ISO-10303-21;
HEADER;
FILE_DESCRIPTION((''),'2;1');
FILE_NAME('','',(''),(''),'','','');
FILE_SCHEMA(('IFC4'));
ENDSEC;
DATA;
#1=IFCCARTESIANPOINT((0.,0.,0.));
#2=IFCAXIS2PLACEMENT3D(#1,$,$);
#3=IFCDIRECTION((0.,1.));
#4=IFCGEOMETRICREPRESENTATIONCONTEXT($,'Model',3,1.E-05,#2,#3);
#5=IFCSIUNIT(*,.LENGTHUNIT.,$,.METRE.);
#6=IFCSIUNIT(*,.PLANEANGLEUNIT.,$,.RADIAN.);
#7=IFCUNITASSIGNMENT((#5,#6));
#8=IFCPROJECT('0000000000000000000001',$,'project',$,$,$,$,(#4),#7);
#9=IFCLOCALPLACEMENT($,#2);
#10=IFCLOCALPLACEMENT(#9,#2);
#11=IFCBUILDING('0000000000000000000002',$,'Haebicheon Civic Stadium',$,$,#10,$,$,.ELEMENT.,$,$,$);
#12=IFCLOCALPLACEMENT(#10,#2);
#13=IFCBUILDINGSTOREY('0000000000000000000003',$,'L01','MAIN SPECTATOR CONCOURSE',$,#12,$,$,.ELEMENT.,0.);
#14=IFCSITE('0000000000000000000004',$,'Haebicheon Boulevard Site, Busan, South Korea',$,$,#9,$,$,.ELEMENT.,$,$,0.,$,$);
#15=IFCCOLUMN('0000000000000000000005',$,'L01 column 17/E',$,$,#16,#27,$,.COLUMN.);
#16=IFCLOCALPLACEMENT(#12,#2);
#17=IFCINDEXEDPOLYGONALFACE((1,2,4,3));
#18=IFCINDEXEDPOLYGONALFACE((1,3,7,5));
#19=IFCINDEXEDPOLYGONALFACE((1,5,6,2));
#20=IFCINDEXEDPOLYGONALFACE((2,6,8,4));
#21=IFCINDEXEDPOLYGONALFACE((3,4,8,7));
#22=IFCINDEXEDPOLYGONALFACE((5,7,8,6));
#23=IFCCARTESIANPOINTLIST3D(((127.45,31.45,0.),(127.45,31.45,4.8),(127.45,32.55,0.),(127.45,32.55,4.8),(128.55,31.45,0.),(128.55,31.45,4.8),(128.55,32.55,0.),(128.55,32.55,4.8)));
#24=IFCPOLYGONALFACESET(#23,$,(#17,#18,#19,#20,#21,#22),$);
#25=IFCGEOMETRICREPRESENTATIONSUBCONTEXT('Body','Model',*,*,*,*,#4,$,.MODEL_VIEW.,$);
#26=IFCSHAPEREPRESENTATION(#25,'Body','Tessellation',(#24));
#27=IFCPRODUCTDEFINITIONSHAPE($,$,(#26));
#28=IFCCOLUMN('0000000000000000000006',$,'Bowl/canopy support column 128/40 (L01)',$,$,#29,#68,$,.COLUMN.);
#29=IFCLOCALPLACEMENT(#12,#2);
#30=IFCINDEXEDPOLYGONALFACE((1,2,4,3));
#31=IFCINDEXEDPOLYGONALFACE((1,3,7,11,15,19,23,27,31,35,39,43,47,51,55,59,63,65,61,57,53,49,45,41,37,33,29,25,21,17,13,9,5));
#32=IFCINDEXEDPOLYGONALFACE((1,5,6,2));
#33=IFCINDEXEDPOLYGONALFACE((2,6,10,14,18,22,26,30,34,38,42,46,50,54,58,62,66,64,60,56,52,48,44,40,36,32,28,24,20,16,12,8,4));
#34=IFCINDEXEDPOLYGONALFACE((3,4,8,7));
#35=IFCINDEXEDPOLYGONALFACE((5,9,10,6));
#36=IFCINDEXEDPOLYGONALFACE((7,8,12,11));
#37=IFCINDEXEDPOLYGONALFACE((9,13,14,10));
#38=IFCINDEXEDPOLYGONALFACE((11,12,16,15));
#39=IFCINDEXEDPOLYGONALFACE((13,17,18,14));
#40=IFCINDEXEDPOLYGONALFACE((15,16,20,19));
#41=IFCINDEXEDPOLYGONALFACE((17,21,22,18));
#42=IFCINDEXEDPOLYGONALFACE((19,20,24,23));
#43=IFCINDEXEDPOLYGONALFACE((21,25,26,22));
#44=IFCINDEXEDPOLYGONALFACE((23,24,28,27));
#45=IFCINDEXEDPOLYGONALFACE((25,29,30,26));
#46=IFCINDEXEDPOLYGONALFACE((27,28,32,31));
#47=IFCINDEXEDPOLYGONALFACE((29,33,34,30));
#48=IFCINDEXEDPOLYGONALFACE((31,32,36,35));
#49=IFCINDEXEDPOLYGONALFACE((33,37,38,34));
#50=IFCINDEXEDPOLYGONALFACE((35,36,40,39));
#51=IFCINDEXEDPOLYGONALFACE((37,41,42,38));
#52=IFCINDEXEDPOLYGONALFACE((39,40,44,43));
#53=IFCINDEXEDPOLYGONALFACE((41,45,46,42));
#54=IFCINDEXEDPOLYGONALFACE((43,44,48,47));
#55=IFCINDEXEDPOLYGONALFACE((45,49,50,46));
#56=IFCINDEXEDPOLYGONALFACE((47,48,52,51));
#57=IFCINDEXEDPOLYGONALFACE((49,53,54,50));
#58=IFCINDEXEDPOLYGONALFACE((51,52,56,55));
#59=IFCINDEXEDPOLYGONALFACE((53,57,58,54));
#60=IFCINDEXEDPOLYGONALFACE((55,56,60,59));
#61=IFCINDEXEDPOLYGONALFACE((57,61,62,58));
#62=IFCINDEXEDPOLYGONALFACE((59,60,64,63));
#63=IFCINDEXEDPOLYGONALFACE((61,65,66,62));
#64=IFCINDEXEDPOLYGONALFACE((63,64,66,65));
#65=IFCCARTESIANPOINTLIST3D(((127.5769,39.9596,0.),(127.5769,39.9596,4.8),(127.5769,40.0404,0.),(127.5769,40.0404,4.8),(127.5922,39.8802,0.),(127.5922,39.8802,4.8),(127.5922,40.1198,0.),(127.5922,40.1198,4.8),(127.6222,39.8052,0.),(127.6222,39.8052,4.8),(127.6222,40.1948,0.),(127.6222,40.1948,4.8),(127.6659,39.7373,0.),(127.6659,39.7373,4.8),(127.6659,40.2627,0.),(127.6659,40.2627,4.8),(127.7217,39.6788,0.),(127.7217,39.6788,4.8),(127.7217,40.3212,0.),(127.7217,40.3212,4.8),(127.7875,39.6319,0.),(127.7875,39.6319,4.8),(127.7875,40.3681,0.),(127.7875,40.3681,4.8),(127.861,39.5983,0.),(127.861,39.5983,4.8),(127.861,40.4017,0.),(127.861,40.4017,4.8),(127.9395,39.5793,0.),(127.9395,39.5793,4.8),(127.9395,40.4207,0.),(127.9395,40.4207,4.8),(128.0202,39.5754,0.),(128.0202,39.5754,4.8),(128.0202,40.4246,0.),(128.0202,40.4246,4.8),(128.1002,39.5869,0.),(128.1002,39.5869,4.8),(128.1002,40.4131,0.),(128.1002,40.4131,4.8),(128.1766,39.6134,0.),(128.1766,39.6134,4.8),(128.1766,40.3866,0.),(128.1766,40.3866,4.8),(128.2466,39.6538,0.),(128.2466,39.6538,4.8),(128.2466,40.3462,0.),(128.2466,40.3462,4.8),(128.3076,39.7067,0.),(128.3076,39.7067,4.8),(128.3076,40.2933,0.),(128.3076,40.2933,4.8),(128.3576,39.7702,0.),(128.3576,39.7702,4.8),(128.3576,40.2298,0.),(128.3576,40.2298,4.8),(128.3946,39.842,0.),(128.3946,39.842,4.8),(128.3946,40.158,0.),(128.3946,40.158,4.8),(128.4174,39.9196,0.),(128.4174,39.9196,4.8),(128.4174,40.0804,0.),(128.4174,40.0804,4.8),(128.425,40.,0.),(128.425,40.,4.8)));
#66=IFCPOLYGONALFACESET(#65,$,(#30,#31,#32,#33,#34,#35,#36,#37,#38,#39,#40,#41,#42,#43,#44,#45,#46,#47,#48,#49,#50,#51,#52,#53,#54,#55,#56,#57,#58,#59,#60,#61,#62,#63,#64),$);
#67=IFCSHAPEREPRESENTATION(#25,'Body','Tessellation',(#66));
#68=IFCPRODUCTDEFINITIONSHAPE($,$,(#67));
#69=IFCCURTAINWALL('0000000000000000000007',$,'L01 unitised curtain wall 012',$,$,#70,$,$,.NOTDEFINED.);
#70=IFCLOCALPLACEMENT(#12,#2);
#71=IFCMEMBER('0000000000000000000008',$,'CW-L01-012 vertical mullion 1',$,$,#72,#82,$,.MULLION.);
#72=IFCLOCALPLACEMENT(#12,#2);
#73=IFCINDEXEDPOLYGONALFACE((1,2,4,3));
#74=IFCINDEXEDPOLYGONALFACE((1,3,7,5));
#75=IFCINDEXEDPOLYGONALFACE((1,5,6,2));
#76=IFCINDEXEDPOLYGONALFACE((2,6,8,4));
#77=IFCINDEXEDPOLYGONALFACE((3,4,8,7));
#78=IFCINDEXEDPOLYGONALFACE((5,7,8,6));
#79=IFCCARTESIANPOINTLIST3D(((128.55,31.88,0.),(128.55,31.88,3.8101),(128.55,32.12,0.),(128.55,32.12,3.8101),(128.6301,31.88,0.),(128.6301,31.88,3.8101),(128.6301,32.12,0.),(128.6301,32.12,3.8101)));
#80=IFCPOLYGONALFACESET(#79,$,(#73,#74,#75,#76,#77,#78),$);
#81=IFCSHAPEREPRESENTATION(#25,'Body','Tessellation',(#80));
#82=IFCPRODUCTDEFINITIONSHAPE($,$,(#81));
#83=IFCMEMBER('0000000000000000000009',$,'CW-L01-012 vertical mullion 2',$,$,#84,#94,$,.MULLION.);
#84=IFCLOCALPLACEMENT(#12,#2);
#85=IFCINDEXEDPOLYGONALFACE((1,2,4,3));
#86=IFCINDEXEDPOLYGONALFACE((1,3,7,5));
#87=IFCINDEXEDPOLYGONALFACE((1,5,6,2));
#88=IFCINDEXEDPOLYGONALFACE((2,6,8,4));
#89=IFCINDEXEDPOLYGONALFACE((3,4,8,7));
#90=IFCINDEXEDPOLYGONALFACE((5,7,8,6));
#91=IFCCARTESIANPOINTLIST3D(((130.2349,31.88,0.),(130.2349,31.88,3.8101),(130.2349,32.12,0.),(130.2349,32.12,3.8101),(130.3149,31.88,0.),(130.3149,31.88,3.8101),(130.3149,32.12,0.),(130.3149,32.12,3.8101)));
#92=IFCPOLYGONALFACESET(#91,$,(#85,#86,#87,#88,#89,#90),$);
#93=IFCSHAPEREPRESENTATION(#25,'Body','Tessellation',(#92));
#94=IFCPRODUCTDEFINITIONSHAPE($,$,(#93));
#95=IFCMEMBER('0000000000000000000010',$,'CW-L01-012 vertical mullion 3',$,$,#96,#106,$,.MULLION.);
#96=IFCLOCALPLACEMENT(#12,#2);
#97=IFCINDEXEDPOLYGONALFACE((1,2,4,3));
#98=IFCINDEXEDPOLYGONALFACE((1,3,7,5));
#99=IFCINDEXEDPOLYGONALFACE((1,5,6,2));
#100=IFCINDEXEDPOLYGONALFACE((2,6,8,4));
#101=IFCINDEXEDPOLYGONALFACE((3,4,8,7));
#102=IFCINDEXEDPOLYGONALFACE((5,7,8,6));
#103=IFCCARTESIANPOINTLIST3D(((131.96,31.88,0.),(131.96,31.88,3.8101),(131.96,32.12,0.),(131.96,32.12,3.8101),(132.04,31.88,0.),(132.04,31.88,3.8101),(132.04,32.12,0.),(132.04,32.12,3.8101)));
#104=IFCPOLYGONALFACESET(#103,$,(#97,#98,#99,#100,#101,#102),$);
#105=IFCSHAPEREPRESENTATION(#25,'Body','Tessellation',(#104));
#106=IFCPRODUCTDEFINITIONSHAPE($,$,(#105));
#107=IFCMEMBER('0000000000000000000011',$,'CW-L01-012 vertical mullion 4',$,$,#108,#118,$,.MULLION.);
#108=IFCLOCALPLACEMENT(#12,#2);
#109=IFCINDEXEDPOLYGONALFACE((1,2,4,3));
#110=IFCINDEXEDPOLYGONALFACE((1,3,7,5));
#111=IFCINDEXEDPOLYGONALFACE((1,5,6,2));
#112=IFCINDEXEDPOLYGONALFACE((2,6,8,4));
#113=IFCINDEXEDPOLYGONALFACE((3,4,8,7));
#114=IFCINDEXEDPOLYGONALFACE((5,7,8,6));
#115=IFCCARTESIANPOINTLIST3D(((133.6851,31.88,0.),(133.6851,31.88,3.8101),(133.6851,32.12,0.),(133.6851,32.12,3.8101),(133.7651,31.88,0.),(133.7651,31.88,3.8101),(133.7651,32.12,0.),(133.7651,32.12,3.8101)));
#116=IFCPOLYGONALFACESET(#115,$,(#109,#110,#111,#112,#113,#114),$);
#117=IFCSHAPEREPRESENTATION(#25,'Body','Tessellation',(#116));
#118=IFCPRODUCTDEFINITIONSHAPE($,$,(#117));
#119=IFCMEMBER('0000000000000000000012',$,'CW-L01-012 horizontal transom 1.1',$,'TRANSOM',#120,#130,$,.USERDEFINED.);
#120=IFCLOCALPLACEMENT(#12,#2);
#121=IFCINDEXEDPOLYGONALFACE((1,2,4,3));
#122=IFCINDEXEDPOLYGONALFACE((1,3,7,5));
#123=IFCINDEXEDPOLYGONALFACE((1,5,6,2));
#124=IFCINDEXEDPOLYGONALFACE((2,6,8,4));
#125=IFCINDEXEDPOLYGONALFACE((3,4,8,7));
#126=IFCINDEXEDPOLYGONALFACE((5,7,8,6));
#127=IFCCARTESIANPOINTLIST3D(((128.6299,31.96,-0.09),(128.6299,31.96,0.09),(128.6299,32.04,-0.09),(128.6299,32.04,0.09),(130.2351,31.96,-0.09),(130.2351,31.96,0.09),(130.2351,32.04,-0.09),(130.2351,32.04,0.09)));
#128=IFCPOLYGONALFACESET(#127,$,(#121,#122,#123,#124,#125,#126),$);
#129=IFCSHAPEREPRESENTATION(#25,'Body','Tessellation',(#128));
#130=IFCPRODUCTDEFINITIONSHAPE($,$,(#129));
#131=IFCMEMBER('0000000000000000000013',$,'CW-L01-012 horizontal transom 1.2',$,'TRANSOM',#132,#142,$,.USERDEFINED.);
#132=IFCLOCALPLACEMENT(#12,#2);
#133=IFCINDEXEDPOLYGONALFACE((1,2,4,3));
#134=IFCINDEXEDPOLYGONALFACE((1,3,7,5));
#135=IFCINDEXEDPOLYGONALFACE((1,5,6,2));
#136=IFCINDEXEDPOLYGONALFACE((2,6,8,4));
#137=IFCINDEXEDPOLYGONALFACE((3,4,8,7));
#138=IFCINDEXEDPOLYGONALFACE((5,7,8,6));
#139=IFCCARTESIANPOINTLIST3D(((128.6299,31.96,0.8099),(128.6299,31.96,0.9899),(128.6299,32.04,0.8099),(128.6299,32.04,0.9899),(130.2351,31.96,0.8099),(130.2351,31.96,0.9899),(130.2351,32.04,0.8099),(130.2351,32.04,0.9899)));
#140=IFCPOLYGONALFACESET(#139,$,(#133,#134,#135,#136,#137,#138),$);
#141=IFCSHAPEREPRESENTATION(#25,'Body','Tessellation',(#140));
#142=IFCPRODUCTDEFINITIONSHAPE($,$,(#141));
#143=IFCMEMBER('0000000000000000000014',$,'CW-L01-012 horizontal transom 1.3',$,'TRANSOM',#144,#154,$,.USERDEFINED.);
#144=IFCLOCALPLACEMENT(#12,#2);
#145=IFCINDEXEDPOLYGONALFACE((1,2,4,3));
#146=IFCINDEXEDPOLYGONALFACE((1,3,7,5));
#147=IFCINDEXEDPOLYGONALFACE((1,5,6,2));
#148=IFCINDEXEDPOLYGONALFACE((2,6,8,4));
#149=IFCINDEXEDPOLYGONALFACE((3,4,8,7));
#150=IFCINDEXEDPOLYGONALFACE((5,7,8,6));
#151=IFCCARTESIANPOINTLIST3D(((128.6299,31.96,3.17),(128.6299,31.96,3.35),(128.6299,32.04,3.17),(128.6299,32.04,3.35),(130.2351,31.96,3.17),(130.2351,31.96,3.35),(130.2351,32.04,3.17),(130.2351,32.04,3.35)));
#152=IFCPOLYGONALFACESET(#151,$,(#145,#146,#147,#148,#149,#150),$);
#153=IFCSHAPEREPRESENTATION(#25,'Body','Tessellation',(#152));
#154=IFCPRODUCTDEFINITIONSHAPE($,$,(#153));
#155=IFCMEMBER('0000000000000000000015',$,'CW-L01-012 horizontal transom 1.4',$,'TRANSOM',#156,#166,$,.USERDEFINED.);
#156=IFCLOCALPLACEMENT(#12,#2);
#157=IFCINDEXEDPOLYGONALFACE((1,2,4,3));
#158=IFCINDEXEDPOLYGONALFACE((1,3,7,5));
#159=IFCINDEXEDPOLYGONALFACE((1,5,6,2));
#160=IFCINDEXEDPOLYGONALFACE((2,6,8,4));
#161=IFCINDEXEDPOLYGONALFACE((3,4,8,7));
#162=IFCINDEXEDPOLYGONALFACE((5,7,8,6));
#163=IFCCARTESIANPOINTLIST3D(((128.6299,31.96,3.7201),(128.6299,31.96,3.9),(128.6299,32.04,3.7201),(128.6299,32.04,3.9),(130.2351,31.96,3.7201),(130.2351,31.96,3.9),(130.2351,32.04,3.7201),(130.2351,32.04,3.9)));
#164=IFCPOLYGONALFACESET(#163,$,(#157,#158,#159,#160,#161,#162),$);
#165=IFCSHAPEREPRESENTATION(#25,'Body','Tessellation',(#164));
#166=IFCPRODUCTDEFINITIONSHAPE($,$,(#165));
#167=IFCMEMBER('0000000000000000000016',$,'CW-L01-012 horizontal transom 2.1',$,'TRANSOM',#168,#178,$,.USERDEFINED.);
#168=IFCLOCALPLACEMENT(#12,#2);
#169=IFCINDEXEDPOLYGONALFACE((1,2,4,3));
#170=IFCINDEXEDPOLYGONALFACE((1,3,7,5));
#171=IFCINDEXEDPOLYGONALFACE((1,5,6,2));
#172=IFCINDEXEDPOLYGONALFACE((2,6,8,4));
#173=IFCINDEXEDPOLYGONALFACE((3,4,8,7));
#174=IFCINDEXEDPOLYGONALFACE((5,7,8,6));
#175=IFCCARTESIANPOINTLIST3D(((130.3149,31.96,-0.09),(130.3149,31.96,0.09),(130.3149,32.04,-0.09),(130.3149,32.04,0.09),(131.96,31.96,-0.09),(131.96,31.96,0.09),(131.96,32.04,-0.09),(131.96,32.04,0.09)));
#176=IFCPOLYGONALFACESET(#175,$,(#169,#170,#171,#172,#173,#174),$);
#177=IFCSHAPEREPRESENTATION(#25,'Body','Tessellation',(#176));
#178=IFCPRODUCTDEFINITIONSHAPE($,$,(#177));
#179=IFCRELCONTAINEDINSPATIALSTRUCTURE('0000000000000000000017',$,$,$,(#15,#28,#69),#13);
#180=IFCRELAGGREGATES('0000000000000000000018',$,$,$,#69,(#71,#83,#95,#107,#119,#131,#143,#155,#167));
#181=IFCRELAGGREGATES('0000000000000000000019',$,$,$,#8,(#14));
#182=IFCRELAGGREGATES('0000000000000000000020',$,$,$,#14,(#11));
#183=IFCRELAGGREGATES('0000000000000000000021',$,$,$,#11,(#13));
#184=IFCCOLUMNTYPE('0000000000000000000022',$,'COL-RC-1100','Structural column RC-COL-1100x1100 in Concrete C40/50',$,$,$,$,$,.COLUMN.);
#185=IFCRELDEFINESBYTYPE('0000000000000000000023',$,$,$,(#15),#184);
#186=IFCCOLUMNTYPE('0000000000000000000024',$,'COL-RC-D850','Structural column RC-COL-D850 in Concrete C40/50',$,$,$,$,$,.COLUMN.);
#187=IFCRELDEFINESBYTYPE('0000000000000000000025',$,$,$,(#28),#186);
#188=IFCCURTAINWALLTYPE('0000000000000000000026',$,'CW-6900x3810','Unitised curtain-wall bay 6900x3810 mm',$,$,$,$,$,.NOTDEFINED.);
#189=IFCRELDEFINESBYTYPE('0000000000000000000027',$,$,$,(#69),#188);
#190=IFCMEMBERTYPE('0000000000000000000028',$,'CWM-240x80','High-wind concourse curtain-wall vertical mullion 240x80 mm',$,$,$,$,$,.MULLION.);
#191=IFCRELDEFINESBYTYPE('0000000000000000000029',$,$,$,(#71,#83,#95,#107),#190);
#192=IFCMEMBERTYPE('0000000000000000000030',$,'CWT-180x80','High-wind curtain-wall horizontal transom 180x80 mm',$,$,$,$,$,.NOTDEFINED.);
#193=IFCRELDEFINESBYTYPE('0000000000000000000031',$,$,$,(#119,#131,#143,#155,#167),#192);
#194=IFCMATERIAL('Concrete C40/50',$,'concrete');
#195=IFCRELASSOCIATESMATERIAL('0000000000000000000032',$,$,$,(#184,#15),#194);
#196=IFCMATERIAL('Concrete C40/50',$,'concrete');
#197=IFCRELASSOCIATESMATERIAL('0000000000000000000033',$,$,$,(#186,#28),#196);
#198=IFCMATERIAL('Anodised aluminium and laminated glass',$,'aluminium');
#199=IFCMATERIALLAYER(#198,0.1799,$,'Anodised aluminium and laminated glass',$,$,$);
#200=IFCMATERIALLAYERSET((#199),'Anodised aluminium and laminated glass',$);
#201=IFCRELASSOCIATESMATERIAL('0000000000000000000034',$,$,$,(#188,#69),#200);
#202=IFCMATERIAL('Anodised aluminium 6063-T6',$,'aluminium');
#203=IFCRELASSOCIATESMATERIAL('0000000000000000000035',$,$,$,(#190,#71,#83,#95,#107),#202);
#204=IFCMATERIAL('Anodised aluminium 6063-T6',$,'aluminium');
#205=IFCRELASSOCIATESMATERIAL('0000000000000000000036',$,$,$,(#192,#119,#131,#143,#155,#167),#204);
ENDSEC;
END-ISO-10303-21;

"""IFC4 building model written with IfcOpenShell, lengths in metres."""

from ifc_helpers import new_model, si_unit, direction, frame, origin, origin_2d, place, context, subcontext, project, spatial, rectangle, circle, extrude, material, layer, layer_set, material_profile, profile_set, type_object, element, aggregate, save


model = new_model("IFC4")

# Units and contexts
model_context = context("Model", 3, precision=1e-05, world=origin(), true_north=direction((0.0, 1.0)))
body_context = subcontext(model_context, "Body", "Model", "MODEL_VIEW")
ifc_project = project(units=[si_unit("LENGTHUNIT", "METRE"), si_unit("PLANEANGLEUNIT", "RADIAN")], contexts=[model_context])

# Site, building, storey
site_placement = place(None, origin())
site = spatial("IfcSite", under=ifc_project, at=site_placement, Name="Haebicheon Boulevard Site, Busan, South Korea", CompositionType="ELEMENT", RefElevation=0.0)
building_placement = place(site_placement, origin())
building = spatial("IfcBuilding", under=site, at=building_placement, Name="Haebicheon Civic Stadium", CompositionType="ELEMENT")
storey_placement = place(building_placement, origin())
storey = spatial("IfcBuildingStorey", under=building, at=storey_placement, Name="L01", Description="MAIN SPECTATOR CONCOURSE", CompositionType="ELEMENT", Elevation=0.0)

# Columns
ifc_material_1 = material(Name="Concrete C40/50", Category="concrete")
ifc_material_profile_1 = material_profile(ifc_material_1, rectangle(XDim=1.1001, YDim=1.1001, at=origin_2d()), Name="RC-COL-1100x1100")
ifc_profile_set_1 = profile_set([ifc_material_profile_1], Name="Concrete C40/50")
column_type_1 = type_object("IfcColumnType", Name="COL-RC-1100", Description="Structural column RC-COL-1100x1100 in Concrete C40/50", PredefinedType="COLUMN", material=ifc_profile_set_1)
column_1_placement = place(storey_placement, frame((128.0, 32.0, 0.0), z_axis=(0.0, 0.0, 1.0), x_axis=(1.0, 0.0, 0.0)))
element("IfcColumn", 1, at=column_1_placement, inside=storey, type_object=column_type_1, material=ifc_profile_set_1, Name="L01 column 17/E", PredefinedType="COLUMN", context=body_context, shape_type="SweptSolid", body=[
    extrude(rectangle(XDim=1.1001, YDim=1.1001, at=origin_2d()), origin(), (0.0, 0.0, 1.0), 4.8),
])
ifc_material_2 = material(Name="Concrete C40/50", Category="concrete")
ifc_material_profile_2 = material_profile(ifc_material_2, circle(Radius=0.425, at=origin_2d()), Name="RC-COL-D850")
ifc_profile_set_2 = profile_set([ifc_material_profile_2], Name="Concrete C40/50")
column_type_2 = type_object("IfcColumnType", Name="COL-RC-D850", Description="Structural column RC-COL-D850 in Concrete C40/50", PredefinedType="COLUMN", material=ifc_profile_set_2)
column_2_placement = place(storey_placement, frame((128.0, 40.0, 0.0), z_axis=(0.0, 0.0, 1.0), x_axis=(1.0, 0.0, 0.0)))
element("IfcColumn", 2, at=column_2_placement, inside=storey, type_object=column_type_2, material=ifc_profile_set_2, Name="Bowl/canopy support column 128/40 (L01)", PredefinedType="COLUMN", context=body_context, shape_type="SweptSolid", body=[
    extrude(circle(Radius=0.425, at=origin_2d()), origin(), (0.0, 0.0, 1.0), 4.8),
])

# Curtain wall, members
ifc_material_3 = material(Name="Anodised aluminium and laminated glass", Category="aluminium")
ifc_layer_1 = layer(ifc_material_3, 0.1799, Name="Anodised aluminium and laminated glass")
ifc_layer_set_1 = layer_set([ifc_layer_1], Name="Anodised aluminium and laminated glass")
curtain_wall_type = type_object("IfcCurtainWallType", Name="CW-6900x3810", Description="Unitised curtain-wall bay 6900x3810 mm", PredefinedType="NOTDEFINED", material=ifc_layer_set_1)
curtain_wall_placement = place(storey_placement, origin())
curtain_wall = element("IfcCurtainWall", 3, at=curtain_wall_placement, inside=storey, type_object=curtain_wall_type, material=ifc_layer_set_1, Name="L01 unitised curtain wall 012", PredefinedType="NOTDEFINED")
ifc_material_4 = material(Name="Anodised aluminium 6063-T6", Category="aluminium")
ifc_material_profile_3 = material_profile(ifc_material_4, rectangle(XDim=0.0801, YDim=0.24, at=origin_2d()), Name="ALU-MULL-80x240")
ifc_profile_set_3 = profile_set([ifc_material_profile_3], Name="Anodised aluminium 6063-T6")
member_type_1 = type_object("IfcMemberType", Name="CWM-240x80", Description="High-wind concourse curtain-wall vertical mullion 240x80 mm", PredefinedType="MULLION", material=ifc_profile_set_3)
member_1_placement = place(storey_placement, frame((128.5901, 32.0, 0.0), z_axis=(0.0, 0.0, 1.0), x_axis=(1.0, 0.0, 0.0)))
member_1 = element("IfcMember", 4, at=member_1_placement, type_object=member_type_1, material=ifc_profile_set_3, Name="CW-L01-012 vertical mullion 1", PredefinedType="MULLION", context=body_context, shape_type="SweptSolid", body=[
    extrude(rectangle(XDim=0.0801, YDim=0.24, at=origin_2d()), origin(), (0.0, 0.0, 1.0), 3.8101),
])
member_2_placement = place(storey_placement, frame((130.2749, 32.0, 0.0), z_axis=(0.0, 0.0, 1.0), x_axis=(1.0, 0.0, 0.0)))
member_2 = element("IfcMember", 5, at=member_2_placement, type_object=member_type_1, material=ifc_profile_set_3, Name="CW-L01-012 vertical mullion 2", PredefinedType="MULLION", context=body_context, shape_type="SweptSolid", body=[
    extrude(rectangle(XDim=0.0801, YDim=0.24, at=origin_2d()), origin(), (0.0, 0.0, 1.0), 3.8101),
])
member_3_placement = place(storey_placement, frame((132.0, 32.0, 0.0), z_axis=(0.0, 0.0, 1.0), x_axis=(1.0, 0.0, 0.0)))
member_3 = element("IfcMember", 6, at=member_3_placement, type_object=member_type_1, material=ifc_profile_set_3, Name="CW-L01-012 vertical mullion 3", PredefinedType="MULLION", context=body_context, shape_type="SweptSolid", body=[
    extrude(rectangle(XDim=0.0801, YDim=0.24, at=origin_2d()), origin(), (0.0, 0.0, 1.0), 3.8101),
])
member_4_placement = place(storey_placement, frame((133.7251, 32.0, 0.0), z_axis=(0.0, 0.0, 1.0), x_axis=(1.0, 0.0, 0.0)))
member_4 = element("IfcMember", 7, at=member_4_placement, type_object=member_type_1, material=ifc_profile_set_3, Name="CW-L01-012 vertical mullion 4", PredefinedType="MULLION", context=body_context, shape_type="SweptSolid", body=[
    extrude(rectangle(XDim=0.0801, YDim=0.24, at=origin_2d()), origin(), (0.0, 0.0, 1.0), 3.8101),
])
ifc_material_5 = material(Name="Anodised aluminium 6063-T6", Category="aluminium")
ifc_material_profile_4 = material_profile(ifc_material_5, rectangle(XDim=0.0801, YDim=0.1799, at=origin_2d()), Name="ALU-TRAN-80x180")
ifc_profile_set_4 = profile_set([ifc_material_profile_4], Name="Anodised aluminium 6063-T6")
member_type_2 = type_object("IfcMemberType", Name="CWT-180x80", Description="High-wind curtain-wall horizontal transom 180x80 mm", PredefinedType="NOTDEFINED", material=ifc_profile_set_4)
member_5_placement = place(storey_placement, frame((128.6299, 32.0, 0.0), z_axis=(1.0, 0.0, 0.0), x_axis=(0.0, 1.0, 0.0)))
member_5 = element("IfcMember", 8, at=member_5_placement, type_object=member_type_2, material=ifc_profile_set_4, Name="CW-L01-012 horizontal transom 1.1", ObjectType="TRANSOM", PredefinedType="USERDEFINED", context=body_context, shape_type="SweptSolid", body=[
    extrude(rectangle(XDim=0.0801, YDim=0.1799, at=origin_2d()), origin(), (0.0, 0.0, 1.0), 1.6052),
])
member_6_placement = place(storey_placement, frame((128.6299, 32.0, 0.8999), z_axis=(1.0, 0.0, 0.0), x_axis=(0.0, 1.0, 0.0)))
member_6 = element("IfcMember", 9, at=member_6_placement, type_object=member_type_2, material=ifc_profile_set_4, Name="CW-L01-012 horizontal transom 1.2", ObjectType="TRANSOM", PredefinedType="USERDEFINED", context=body_context, shape_type="SweptSolid", body=[
    extrude(rectangle(XDim=0.0801, YDim=0.1799, at=origin_2d()), origin(), (0.0, 0.0, 1.0), 1.6052),
])
member_7_placement = place(storey_placement, frame((128.6299, 32.0, 3.26), z_axis=(1.0, 0.0, 0.0), x_axis=(0.0, 1.0, 0.0)))
member_7 = element("IfcMember", 10, at=member_7_placement, type_object=member_type_2, material=ifc_profile_set_4, Name="CW-L01-012 horizontal transom 1.3", ObjectType="TRANSOM", PredefinedType="USERDEFINED", context=body_context, shape_type="SweptSolid", body=[
    extrude(rectangle(XDim=0.0801, YDim=0.1799, at=origin_2d()), origin(), (0.0, 0.0, 1.0), 1.6052),
])
member_8_placement = place(storey_placement, frame((128.6299, 32.0, 3.8101), z_axis=(1.0, 0.0, 0.0), x_axis=(0.0, 1.0, 0.0)))
member_8 = element("IfcMember", 11, at=member_8_placement, type_object=member_type_2, material=ifc_profile_set_4, Name="CW-L01-012 horizontal transom 1.4", ObjectType="TRANSOM", PredefinedType="USERDEFINED", context=body_context, shape_type="SweptSolid", body=[
    extrude(rectangle(XDim=0.0801, YDim=0.1799, at=origin_2d()), origin(), (0.0, 0.0, 1.0), 1.6052),
])
member_9_placement = place(storey_placement, frame((130.3149, 32.0, 0.0), z_axis=(1.0, 0.0, 0.0), x_axis=(0.0, 1.0, 0.0)))
member_9 = element("IfcMember", 12, at=member_9_placement, type_object=member_type_2, material=ifc_profile_set_4, Name="CW-L01-012 horizontal transom 2.1", ObjectType="TRANSOM", PredefinedType="USERDEFINED", context=body_context, shape_type="SweptSolid", body=[
    extrude(rectangle(XDim=0.0801, YDim=0.1799, at=origin_2d()), origin(), (0.0, 0.0, 1.0), 1.645),
])

aggregate(curtain_wall, [member_1, member_2, member_3, member_4, member_5, member_6, member_7, member_8, member_9])

save(model, "model.ifc")
